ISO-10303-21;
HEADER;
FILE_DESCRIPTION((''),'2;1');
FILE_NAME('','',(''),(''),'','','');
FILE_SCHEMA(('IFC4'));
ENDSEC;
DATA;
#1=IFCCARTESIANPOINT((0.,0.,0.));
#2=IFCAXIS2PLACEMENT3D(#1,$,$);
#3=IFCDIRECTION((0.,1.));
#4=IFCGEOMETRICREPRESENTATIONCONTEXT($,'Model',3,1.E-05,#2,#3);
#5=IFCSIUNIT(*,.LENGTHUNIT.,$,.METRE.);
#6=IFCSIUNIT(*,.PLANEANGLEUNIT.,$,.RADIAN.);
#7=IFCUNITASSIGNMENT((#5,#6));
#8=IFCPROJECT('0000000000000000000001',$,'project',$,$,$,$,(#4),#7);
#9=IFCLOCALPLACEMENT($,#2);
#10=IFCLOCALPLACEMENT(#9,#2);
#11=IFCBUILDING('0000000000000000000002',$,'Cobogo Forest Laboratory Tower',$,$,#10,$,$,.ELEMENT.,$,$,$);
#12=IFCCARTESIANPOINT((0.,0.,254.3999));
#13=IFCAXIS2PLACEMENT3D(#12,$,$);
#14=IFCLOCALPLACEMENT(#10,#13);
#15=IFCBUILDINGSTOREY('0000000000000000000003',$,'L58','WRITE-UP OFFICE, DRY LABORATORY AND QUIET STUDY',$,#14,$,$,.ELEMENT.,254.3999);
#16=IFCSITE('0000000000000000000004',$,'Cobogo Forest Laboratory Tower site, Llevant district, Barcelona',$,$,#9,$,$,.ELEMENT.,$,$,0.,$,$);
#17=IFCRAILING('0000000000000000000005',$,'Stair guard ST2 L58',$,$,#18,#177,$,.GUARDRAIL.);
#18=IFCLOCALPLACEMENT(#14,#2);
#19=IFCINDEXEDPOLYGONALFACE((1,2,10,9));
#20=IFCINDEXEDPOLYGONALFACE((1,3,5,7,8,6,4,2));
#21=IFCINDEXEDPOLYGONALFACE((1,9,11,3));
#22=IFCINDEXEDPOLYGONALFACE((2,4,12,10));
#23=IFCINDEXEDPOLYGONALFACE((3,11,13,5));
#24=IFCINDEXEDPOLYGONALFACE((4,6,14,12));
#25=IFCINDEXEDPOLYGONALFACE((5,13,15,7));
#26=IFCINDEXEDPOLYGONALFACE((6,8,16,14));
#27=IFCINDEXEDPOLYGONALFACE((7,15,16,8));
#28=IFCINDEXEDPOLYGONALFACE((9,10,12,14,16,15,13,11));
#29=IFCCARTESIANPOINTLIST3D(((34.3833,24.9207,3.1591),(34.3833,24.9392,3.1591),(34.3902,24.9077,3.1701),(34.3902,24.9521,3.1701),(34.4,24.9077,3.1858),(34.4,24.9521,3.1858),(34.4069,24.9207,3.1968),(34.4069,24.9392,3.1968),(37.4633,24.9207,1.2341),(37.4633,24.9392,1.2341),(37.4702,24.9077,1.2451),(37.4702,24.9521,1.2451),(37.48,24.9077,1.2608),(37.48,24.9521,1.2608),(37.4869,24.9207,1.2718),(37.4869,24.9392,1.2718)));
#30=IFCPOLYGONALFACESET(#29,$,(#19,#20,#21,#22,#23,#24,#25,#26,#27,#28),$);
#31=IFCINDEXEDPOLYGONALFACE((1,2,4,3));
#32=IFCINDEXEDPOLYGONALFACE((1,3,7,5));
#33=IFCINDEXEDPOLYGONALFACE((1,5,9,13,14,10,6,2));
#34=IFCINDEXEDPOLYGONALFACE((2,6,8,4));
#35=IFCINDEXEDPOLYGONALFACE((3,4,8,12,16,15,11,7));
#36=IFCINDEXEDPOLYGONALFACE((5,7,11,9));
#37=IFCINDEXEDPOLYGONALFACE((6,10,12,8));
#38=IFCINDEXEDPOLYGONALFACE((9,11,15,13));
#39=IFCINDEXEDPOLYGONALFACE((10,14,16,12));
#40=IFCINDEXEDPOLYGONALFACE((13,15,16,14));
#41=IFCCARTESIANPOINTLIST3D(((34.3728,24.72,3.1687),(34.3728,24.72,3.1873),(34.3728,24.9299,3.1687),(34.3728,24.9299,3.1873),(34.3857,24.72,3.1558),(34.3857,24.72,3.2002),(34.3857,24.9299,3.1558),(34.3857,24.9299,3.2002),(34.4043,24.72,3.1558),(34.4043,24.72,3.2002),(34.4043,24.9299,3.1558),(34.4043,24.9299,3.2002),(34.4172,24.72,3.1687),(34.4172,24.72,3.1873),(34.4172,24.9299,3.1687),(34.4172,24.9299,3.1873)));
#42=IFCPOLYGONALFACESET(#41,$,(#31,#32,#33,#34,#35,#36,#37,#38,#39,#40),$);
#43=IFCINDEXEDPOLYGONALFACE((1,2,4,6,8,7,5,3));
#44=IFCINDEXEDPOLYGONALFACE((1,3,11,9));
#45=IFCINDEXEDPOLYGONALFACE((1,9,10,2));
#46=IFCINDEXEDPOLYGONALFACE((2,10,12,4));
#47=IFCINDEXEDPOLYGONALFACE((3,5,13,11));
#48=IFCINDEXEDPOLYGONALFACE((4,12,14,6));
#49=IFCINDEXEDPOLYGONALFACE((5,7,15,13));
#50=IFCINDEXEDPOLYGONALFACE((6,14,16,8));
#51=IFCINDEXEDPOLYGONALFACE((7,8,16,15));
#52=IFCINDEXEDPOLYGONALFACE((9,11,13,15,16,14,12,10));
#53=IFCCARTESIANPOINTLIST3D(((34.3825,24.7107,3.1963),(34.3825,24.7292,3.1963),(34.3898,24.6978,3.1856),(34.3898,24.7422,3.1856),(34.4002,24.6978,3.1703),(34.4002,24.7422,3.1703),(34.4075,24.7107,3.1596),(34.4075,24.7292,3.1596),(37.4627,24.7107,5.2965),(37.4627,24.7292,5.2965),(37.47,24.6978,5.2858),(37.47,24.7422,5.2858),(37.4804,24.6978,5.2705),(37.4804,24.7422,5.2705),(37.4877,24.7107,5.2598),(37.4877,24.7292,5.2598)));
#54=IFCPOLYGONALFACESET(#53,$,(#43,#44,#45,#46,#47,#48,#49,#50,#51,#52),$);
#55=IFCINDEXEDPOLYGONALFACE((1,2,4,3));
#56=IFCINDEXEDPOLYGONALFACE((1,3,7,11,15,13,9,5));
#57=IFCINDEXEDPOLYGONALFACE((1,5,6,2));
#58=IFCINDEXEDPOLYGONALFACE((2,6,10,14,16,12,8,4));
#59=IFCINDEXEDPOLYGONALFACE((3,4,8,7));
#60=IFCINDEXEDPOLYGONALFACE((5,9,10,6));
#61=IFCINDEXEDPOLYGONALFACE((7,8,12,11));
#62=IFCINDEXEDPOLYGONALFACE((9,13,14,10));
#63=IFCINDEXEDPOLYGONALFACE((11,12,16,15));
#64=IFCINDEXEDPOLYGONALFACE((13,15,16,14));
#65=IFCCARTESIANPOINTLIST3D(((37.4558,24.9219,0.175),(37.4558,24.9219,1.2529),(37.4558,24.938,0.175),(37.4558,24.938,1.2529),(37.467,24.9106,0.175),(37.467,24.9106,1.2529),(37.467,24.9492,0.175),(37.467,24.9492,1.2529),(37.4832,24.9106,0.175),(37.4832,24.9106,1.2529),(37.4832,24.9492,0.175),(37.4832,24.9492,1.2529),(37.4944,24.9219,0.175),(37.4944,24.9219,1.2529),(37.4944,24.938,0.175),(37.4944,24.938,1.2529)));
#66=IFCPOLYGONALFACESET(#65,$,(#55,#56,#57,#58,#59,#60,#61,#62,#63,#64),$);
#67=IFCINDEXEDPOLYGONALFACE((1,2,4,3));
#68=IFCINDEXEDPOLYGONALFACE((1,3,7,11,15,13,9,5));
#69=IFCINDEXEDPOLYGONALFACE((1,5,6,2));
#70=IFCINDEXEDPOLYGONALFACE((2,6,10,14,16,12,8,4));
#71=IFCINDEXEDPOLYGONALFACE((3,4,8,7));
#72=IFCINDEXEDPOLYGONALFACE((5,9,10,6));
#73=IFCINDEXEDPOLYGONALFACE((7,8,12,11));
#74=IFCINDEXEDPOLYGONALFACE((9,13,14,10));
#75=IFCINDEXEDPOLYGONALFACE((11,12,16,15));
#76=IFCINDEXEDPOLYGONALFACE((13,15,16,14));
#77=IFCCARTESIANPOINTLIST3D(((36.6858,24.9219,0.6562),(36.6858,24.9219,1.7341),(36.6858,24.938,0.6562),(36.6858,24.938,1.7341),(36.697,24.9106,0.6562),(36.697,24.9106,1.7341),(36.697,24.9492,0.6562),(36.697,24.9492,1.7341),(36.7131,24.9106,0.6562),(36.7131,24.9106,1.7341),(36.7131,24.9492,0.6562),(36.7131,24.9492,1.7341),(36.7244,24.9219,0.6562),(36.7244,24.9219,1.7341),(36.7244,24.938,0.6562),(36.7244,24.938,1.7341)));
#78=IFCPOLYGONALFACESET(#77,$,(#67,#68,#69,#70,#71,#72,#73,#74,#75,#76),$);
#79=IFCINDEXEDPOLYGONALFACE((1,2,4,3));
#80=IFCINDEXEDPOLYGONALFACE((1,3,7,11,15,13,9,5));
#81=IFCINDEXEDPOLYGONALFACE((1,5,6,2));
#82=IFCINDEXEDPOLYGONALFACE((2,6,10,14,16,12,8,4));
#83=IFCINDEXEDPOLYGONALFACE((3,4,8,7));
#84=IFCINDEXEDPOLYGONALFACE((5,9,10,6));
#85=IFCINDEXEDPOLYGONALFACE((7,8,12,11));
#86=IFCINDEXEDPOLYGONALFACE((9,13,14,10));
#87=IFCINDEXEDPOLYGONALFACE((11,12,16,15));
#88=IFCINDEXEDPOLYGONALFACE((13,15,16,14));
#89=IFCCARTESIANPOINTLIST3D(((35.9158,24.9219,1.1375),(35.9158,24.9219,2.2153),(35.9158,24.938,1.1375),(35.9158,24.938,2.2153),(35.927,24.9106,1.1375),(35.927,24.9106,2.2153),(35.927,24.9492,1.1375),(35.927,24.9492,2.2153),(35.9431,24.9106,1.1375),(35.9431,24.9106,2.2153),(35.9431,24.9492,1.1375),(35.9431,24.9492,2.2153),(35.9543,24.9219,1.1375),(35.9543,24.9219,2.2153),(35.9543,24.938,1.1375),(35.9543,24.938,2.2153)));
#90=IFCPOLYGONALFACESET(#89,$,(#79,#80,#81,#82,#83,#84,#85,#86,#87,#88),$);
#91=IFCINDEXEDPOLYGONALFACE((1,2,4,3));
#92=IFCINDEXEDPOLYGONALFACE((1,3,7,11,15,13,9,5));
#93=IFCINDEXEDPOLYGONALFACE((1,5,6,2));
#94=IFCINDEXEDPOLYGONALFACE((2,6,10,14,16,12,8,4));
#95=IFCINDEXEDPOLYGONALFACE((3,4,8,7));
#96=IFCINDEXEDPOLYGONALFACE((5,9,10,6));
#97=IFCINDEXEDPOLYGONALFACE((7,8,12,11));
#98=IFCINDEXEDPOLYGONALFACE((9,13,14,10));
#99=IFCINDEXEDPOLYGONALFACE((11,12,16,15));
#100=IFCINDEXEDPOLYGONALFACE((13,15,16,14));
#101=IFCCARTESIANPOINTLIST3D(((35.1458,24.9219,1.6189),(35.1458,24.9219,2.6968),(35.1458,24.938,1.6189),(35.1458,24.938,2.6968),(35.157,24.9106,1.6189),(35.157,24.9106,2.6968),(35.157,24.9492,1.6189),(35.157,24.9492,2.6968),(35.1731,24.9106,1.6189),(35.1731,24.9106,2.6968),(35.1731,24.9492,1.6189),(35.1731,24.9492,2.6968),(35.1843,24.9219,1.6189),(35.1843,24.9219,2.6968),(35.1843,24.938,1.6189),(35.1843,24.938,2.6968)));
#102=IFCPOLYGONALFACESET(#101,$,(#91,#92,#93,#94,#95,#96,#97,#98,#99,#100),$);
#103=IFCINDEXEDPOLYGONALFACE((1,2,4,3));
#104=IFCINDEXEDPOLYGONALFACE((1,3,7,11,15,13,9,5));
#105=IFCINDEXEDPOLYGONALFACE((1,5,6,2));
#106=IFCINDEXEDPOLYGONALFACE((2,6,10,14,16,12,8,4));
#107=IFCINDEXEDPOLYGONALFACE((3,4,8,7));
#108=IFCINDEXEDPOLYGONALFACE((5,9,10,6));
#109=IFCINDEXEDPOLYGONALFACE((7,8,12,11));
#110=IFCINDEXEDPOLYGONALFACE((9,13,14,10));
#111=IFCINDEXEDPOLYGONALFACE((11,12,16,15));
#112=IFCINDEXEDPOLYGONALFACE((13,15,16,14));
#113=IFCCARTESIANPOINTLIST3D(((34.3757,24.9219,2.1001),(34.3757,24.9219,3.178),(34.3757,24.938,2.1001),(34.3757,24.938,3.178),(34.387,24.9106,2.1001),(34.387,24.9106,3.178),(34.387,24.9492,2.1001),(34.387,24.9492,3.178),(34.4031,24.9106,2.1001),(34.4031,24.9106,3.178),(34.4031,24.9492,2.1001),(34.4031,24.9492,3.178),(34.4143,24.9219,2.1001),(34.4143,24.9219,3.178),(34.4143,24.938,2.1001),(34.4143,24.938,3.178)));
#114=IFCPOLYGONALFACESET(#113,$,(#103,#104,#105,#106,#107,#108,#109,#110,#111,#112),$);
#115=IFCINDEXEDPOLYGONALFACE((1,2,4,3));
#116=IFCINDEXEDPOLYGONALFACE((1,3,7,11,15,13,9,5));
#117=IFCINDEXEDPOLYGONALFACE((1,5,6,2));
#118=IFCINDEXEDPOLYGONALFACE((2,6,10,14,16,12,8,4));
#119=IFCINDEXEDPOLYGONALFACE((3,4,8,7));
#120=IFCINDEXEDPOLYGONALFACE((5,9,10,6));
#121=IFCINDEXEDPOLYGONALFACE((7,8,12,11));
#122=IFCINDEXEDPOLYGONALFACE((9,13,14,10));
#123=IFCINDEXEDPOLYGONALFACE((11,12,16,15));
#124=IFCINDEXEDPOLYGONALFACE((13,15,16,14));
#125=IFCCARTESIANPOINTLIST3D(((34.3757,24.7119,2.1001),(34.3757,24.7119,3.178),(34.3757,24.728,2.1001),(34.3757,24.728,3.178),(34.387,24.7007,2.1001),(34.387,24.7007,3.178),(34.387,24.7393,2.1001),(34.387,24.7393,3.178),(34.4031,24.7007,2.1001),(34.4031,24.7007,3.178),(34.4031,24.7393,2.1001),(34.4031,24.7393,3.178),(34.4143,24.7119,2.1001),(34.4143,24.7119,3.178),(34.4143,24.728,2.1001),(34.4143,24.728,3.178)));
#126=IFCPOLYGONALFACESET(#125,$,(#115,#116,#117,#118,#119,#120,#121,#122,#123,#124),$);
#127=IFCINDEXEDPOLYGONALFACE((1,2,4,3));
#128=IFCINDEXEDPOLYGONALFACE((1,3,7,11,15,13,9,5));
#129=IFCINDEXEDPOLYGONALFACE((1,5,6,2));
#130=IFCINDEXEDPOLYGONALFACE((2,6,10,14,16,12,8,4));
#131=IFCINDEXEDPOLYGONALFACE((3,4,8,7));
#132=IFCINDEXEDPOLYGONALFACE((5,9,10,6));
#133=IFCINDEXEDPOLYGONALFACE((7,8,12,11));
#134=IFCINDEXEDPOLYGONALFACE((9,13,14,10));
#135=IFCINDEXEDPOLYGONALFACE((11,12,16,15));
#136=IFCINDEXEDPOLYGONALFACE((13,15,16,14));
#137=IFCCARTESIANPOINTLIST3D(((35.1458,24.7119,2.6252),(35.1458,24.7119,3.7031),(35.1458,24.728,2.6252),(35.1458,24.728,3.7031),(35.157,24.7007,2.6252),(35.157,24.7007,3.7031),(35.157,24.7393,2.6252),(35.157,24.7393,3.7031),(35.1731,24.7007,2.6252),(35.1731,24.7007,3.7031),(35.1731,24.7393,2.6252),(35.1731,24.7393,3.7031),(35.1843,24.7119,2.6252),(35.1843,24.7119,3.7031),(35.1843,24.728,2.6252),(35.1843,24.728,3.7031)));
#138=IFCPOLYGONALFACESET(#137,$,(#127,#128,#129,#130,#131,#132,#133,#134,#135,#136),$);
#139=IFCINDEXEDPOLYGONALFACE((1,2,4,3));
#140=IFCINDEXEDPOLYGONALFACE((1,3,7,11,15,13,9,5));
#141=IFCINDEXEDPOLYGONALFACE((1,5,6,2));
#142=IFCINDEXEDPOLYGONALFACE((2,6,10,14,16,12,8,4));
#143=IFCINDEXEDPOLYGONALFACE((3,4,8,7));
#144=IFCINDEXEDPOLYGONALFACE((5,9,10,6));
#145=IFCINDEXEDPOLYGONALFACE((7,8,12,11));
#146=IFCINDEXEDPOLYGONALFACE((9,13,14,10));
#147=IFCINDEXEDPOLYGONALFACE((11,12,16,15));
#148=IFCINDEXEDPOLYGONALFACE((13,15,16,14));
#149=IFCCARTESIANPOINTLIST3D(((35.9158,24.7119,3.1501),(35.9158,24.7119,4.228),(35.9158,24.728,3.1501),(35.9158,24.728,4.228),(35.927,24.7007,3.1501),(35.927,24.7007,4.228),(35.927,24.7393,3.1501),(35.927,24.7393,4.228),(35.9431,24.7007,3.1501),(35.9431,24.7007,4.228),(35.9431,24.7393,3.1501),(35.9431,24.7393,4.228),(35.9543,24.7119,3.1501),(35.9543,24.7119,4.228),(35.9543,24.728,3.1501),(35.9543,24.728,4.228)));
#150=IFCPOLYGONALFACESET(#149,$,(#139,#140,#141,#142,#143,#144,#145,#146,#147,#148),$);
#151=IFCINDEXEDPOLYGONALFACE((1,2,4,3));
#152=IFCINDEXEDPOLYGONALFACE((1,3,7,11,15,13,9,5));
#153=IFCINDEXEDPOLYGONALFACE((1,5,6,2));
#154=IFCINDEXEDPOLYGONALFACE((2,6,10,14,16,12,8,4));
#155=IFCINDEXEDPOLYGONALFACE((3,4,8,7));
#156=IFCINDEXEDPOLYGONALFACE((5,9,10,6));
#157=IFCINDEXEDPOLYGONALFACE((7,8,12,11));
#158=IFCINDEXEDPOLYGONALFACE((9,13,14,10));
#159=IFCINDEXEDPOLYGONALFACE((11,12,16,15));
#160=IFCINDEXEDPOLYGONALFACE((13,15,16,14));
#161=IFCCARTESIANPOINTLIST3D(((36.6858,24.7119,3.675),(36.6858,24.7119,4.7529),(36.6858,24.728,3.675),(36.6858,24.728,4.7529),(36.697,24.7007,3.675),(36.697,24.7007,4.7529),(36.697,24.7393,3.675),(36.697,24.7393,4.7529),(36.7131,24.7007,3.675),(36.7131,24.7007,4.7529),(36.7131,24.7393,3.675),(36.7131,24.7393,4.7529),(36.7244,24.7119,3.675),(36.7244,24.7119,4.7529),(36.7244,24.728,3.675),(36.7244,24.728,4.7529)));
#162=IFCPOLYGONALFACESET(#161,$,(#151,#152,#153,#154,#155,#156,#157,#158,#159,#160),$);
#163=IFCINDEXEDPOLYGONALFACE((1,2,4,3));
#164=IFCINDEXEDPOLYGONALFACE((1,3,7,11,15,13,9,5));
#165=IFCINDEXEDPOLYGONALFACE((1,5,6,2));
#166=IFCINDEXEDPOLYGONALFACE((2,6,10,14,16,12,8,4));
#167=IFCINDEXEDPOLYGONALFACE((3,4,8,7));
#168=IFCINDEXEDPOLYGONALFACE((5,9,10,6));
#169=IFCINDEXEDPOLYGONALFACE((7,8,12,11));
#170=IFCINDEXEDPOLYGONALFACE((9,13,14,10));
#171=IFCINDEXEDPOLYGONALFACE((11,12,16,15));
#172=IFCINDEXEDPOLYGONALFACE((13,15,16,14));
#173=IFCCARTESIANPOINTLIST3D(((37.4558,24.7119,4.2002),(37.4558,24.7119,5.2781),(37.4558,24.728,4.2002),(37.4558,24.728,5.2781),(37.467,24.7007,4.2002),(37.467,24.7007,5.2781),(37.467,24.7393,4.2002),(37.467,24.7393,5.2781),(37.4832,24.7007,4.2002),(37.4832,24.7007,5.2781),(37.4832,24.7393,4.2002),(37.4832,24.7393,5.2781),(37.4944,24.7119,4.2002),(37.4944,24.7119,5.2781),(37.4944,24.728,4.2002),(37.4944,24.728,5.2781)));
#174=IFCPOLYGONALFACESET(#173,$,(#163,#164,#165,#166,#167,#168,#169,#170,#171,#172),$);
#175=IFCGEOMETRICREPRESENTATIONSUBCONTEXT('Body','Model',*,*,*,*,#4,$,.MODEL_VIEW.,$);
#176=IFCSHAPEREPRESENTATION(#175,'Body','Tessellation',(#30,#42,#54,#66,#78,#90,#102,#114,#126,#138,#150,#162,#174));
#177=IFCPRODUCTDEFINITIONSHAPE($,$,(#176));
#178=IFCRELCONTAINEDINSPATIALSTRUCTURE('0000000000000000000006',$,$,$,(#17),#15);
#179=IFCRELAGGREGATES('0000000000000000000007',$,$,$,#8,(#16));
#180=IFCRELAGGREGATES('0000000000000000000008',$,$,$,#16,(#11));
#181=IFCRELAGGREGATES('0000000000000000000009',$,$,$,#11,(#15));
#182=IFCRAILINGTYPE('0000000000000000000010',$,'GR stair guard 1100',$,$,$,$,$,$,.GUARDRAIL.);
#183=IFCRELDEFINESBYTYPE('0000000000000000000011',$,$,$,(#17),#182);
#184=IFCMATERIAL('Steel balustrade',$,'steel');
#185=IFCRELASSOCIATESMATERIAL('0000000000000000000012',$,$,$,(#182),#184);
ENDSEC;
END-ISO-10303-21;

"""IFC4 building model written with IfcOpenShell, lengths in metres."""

from ifc_helpers import new_model, si_unit, direction, frame, origin, place, context, subcontext, project, spatial, polyline, outline, extrude, material, type_object, element, save


model = new_model("IFC4")

# Units and contexts
model_context = context("Model", 3, precision=1e-05, world=origin(), true_north=direction((0.0, 1.0)))
body_context = subcontext(model_context, "Body", "Model", "MODEL_VIEW")
ifc_project = project(units=[si_unit("LENGTHUNIT", "METRE"), si_unit("PLANEANGLEUNIT", "RADIAN")], contexts=[model_context])

# Site, building, storey
site_placement = place(None, origin())
site = spatial("IfcSite", under=ifc_project, at=site_placement, Name="Cobogo Forest Laboratory Tower site, Llevant district, Barcelona", CompositionType="ELEMENT", RefElevation=0.0)
building_placement = place(site_placement, origin())
building = spatial("IfcBuilding", under=site, at=building_placement, Name="Cobogo Forest Laboratory Tower", CompositionType="ELEMENT")
storey_placement = place(building_placement, frame((0.0, 0.0, 254.3999)))
storey = spatial("IfcBuildingStorey", under=building, at=storey_placement, Name="L58", Description="WRITE-UP OFFICE, DRY LABORATORY AND QUIET STUDY", CompositionType="ELEMENT", Elevation=254.3999)

# Railing
ifc_material_1 = material(Name="Steel balustrade", Category="steel")
railing_type_1 = type_object("IfcRailingType", Name="GR stair guard 1100", PredefinedType="GUARDRAIL", material=ifc_material_1)
railing_1_placement = place(storey_placement, frame((37.4751, 24.9299, 0.175)))
element("IfcRailing", 1, at=railing_1_placement, inside=storey, type_object=railing_type_1, Name="Stair guard ST2 L58", PredefinedType="GUARDRAIL", context=body_context, shape_type="SweptSolid", body=[
    extrude(outline(polyline([(0.0222, 0.0093), (0.0093, 0.0222), (-0.0093, 0.0222), (-0.0222, 0.0093), (-0.0222, -0.0093), (-0.0093, -0.0222), (0.0093, -0.0222), (0.0222, -0.0093), (0.0222, 0.0093)])), frame((0.0, 0.0, 1.0779), z_axis=(-0.847998, 0.0, 0.529999), x_axis=(0.0, -1.0, 0.0)), (0.0, 0.0, 1.0), 3.6321),
    extrude(outline(polyline([(0.0222, 0.0093), (0.0093, 0.0222), (-0.0093, 0.0222), (-0.0222, 0.0093), (-0.0222, -0.0093), (-0.0093, -0.0222), (0.0093, -0.0222), (0.0222, -0.0093), (0.0222, 0.0093)])), frame((-3.0801, 0.0, 3.0029), z_axis=(0.0, -1.0, 0.0), x_axis=(1.0, 0.0, 0.0)), (0.0, 0.0, 1.0), 0.21),
    extrude(outline(polyline([(0.0222, 0.0093), (0.0093, 0.0222), (-0.0093, 0.0222), (-0.0222, 0.0093), (-0.0222, -0.0093), (-0.0093, -0.0222), (0.0093, -0.0222), (0.0222, -0.0093), (0.0222, 0.0093)])), frame((-3.0801, -0.21, 3.0029), z_axis=(0.826222, 0.0, 0.563345), x_axis=(0.0, 1.0, 0.0)), (0.0, 0.0, 1.0), 3.728),
    extrude(outline(polyline([(0.0193, 0.0081), (0.0081, 0.0193), (-0.0081, 0.0193), (-0.0193, 0.0081), (-0.0193, -0.0081), (-0.0081, -0.0193), (0.0081, -0.0193), (0.0193, -0.0081), (0.0193, 0.0081)])), origin(), (0.0, 0.0, 1.0), 1.0779),
    extrude(outline(polyline([(0.0193, 0.0081), (0.0081, 0.0193), (-0.0081, 0.0193), (-0.0193, 0.0081), (-0.0193, -0.0081), (-0.0081, -0.0193), (0.0081, -0.0193), (0.0193, -0.0081), (0.0193, 0.0081)])), frame((-0.77, 0.0, 0.4812)), (0.0, 0.0, 1.0), 1.0779),
    extrude(outline(polyline([(0.0193, 0.0081), (0.0081, 0.0193), (-0.0081, 0.0193), (-0.0193, 0.0081), (-0.0193, -0.0081), (-0.0081, -0.0193), (0.0081, -0.0193), (0.0193, -0.0081), (0.0193, 0.0081)])), frame((-1.54, 0.0, 0.9624)), (0.0, 0.0, 1.0), 1.0779),
    extrude(outline(polyline([(0.0193, 0.0081), (0.0081, 0.0193), (-0.0081, 0.0193), (-0.0193, 0.0081), (-0.0193, -0.0081), (-0.0081, -0.0193), (0.0081, -0.0193), (0.0193, -0.0081), (0.0193, 0.0081)])), frame((-2.3101, 0.0, 1.4438)), (0.0, 0.0, 1.0), 1.0779),
    extrude(outline(polyline([(0.0193, 0.0081), (0.0081, 0.0193), (-0.0081, 0.0193), (-0.0193, 0.0081), (-0.0193, -0.0081), (-0.0081, -0.0193), (0.0081, -0.0193), (0.0193, -0.0081), (0.0193, 0.0081)])), frame((-3.0801, 0.0, 1.925)), (0.0, 0.0, 1.0), 1.0779),
    extrude(outline(polyline([(0.0193, 0.0081), (0.0081, 0.0193), (-0.0081, 0.0193), (-0.0193, 0.0081), (-0.0193, -0.0081), (-0.0081, -0.0193), (0.0081, -0.0193), (0.0193, -0.0081), (0.0193, 0.0081)])), frame((-3.0801, -0.21, 1.925)), (0.0, 0.0, 1.0), 1.0779),
    extrude(outline(polyline([(0.0193, 0.0081), (0.0081, 0.0193), (-0.0081, 0.0193), (-0.0193, 0.0081), (-0.0193, -0.0081), (-0.0081, -0.0193), (0.0081, -0.0193), (0.0193, -0.0081), (0.0193, 0.0081)])), frame((-2.3101, -0.21, 2.4502)), (0.0, 0.0, 1.0), 1.0779),
    extrude(outline(polyline([(0.0193, 0.0081), (0.0081, 0.0193), (-0.0081, 0.0193), (-0.0193, 0.0081), (-0.0193, -0.0081), (-0.0081, -0.0193), (0.0081, -0.0193), (0.0193, -0.0081), (0.0193, 0.0081)])), frame((-1.54, -0.21, 2.9751)), (0.0, 0.0, 1.0), 1.0779),
    extrude(outline(polyline([(0.0193, 0.0081), (0.0081, 0.0193), (-0.0081, 0.0193), (-0.0193, 0.0081), (-0.0193, -0.0081), (-0.0081, -0.0193), (0.0081, -0.0193), (0.0193, -0.0081), (0.0193, 0.0081)])), frame((-0.77, -0.21, 3.5)), (0.0, 0.0, 1.0), 1.0779),
    extrude(outline(polyline([(0.0193, 0.0081), (0.0081, 0.0193), (-0.0081, 0.0193), (-0.0193, 0.0081), (-0.0193, -0.0081), (-0.0081, -0.0193), (0.0081, -0.0193), (0.0193, -0.0081), (0.0193, 0.0081)])), frame((0.0, -0.21, 4.0251)), (0.0, 0.0, 1.0), 1.0779),
])

save(model, "model.ifc")
